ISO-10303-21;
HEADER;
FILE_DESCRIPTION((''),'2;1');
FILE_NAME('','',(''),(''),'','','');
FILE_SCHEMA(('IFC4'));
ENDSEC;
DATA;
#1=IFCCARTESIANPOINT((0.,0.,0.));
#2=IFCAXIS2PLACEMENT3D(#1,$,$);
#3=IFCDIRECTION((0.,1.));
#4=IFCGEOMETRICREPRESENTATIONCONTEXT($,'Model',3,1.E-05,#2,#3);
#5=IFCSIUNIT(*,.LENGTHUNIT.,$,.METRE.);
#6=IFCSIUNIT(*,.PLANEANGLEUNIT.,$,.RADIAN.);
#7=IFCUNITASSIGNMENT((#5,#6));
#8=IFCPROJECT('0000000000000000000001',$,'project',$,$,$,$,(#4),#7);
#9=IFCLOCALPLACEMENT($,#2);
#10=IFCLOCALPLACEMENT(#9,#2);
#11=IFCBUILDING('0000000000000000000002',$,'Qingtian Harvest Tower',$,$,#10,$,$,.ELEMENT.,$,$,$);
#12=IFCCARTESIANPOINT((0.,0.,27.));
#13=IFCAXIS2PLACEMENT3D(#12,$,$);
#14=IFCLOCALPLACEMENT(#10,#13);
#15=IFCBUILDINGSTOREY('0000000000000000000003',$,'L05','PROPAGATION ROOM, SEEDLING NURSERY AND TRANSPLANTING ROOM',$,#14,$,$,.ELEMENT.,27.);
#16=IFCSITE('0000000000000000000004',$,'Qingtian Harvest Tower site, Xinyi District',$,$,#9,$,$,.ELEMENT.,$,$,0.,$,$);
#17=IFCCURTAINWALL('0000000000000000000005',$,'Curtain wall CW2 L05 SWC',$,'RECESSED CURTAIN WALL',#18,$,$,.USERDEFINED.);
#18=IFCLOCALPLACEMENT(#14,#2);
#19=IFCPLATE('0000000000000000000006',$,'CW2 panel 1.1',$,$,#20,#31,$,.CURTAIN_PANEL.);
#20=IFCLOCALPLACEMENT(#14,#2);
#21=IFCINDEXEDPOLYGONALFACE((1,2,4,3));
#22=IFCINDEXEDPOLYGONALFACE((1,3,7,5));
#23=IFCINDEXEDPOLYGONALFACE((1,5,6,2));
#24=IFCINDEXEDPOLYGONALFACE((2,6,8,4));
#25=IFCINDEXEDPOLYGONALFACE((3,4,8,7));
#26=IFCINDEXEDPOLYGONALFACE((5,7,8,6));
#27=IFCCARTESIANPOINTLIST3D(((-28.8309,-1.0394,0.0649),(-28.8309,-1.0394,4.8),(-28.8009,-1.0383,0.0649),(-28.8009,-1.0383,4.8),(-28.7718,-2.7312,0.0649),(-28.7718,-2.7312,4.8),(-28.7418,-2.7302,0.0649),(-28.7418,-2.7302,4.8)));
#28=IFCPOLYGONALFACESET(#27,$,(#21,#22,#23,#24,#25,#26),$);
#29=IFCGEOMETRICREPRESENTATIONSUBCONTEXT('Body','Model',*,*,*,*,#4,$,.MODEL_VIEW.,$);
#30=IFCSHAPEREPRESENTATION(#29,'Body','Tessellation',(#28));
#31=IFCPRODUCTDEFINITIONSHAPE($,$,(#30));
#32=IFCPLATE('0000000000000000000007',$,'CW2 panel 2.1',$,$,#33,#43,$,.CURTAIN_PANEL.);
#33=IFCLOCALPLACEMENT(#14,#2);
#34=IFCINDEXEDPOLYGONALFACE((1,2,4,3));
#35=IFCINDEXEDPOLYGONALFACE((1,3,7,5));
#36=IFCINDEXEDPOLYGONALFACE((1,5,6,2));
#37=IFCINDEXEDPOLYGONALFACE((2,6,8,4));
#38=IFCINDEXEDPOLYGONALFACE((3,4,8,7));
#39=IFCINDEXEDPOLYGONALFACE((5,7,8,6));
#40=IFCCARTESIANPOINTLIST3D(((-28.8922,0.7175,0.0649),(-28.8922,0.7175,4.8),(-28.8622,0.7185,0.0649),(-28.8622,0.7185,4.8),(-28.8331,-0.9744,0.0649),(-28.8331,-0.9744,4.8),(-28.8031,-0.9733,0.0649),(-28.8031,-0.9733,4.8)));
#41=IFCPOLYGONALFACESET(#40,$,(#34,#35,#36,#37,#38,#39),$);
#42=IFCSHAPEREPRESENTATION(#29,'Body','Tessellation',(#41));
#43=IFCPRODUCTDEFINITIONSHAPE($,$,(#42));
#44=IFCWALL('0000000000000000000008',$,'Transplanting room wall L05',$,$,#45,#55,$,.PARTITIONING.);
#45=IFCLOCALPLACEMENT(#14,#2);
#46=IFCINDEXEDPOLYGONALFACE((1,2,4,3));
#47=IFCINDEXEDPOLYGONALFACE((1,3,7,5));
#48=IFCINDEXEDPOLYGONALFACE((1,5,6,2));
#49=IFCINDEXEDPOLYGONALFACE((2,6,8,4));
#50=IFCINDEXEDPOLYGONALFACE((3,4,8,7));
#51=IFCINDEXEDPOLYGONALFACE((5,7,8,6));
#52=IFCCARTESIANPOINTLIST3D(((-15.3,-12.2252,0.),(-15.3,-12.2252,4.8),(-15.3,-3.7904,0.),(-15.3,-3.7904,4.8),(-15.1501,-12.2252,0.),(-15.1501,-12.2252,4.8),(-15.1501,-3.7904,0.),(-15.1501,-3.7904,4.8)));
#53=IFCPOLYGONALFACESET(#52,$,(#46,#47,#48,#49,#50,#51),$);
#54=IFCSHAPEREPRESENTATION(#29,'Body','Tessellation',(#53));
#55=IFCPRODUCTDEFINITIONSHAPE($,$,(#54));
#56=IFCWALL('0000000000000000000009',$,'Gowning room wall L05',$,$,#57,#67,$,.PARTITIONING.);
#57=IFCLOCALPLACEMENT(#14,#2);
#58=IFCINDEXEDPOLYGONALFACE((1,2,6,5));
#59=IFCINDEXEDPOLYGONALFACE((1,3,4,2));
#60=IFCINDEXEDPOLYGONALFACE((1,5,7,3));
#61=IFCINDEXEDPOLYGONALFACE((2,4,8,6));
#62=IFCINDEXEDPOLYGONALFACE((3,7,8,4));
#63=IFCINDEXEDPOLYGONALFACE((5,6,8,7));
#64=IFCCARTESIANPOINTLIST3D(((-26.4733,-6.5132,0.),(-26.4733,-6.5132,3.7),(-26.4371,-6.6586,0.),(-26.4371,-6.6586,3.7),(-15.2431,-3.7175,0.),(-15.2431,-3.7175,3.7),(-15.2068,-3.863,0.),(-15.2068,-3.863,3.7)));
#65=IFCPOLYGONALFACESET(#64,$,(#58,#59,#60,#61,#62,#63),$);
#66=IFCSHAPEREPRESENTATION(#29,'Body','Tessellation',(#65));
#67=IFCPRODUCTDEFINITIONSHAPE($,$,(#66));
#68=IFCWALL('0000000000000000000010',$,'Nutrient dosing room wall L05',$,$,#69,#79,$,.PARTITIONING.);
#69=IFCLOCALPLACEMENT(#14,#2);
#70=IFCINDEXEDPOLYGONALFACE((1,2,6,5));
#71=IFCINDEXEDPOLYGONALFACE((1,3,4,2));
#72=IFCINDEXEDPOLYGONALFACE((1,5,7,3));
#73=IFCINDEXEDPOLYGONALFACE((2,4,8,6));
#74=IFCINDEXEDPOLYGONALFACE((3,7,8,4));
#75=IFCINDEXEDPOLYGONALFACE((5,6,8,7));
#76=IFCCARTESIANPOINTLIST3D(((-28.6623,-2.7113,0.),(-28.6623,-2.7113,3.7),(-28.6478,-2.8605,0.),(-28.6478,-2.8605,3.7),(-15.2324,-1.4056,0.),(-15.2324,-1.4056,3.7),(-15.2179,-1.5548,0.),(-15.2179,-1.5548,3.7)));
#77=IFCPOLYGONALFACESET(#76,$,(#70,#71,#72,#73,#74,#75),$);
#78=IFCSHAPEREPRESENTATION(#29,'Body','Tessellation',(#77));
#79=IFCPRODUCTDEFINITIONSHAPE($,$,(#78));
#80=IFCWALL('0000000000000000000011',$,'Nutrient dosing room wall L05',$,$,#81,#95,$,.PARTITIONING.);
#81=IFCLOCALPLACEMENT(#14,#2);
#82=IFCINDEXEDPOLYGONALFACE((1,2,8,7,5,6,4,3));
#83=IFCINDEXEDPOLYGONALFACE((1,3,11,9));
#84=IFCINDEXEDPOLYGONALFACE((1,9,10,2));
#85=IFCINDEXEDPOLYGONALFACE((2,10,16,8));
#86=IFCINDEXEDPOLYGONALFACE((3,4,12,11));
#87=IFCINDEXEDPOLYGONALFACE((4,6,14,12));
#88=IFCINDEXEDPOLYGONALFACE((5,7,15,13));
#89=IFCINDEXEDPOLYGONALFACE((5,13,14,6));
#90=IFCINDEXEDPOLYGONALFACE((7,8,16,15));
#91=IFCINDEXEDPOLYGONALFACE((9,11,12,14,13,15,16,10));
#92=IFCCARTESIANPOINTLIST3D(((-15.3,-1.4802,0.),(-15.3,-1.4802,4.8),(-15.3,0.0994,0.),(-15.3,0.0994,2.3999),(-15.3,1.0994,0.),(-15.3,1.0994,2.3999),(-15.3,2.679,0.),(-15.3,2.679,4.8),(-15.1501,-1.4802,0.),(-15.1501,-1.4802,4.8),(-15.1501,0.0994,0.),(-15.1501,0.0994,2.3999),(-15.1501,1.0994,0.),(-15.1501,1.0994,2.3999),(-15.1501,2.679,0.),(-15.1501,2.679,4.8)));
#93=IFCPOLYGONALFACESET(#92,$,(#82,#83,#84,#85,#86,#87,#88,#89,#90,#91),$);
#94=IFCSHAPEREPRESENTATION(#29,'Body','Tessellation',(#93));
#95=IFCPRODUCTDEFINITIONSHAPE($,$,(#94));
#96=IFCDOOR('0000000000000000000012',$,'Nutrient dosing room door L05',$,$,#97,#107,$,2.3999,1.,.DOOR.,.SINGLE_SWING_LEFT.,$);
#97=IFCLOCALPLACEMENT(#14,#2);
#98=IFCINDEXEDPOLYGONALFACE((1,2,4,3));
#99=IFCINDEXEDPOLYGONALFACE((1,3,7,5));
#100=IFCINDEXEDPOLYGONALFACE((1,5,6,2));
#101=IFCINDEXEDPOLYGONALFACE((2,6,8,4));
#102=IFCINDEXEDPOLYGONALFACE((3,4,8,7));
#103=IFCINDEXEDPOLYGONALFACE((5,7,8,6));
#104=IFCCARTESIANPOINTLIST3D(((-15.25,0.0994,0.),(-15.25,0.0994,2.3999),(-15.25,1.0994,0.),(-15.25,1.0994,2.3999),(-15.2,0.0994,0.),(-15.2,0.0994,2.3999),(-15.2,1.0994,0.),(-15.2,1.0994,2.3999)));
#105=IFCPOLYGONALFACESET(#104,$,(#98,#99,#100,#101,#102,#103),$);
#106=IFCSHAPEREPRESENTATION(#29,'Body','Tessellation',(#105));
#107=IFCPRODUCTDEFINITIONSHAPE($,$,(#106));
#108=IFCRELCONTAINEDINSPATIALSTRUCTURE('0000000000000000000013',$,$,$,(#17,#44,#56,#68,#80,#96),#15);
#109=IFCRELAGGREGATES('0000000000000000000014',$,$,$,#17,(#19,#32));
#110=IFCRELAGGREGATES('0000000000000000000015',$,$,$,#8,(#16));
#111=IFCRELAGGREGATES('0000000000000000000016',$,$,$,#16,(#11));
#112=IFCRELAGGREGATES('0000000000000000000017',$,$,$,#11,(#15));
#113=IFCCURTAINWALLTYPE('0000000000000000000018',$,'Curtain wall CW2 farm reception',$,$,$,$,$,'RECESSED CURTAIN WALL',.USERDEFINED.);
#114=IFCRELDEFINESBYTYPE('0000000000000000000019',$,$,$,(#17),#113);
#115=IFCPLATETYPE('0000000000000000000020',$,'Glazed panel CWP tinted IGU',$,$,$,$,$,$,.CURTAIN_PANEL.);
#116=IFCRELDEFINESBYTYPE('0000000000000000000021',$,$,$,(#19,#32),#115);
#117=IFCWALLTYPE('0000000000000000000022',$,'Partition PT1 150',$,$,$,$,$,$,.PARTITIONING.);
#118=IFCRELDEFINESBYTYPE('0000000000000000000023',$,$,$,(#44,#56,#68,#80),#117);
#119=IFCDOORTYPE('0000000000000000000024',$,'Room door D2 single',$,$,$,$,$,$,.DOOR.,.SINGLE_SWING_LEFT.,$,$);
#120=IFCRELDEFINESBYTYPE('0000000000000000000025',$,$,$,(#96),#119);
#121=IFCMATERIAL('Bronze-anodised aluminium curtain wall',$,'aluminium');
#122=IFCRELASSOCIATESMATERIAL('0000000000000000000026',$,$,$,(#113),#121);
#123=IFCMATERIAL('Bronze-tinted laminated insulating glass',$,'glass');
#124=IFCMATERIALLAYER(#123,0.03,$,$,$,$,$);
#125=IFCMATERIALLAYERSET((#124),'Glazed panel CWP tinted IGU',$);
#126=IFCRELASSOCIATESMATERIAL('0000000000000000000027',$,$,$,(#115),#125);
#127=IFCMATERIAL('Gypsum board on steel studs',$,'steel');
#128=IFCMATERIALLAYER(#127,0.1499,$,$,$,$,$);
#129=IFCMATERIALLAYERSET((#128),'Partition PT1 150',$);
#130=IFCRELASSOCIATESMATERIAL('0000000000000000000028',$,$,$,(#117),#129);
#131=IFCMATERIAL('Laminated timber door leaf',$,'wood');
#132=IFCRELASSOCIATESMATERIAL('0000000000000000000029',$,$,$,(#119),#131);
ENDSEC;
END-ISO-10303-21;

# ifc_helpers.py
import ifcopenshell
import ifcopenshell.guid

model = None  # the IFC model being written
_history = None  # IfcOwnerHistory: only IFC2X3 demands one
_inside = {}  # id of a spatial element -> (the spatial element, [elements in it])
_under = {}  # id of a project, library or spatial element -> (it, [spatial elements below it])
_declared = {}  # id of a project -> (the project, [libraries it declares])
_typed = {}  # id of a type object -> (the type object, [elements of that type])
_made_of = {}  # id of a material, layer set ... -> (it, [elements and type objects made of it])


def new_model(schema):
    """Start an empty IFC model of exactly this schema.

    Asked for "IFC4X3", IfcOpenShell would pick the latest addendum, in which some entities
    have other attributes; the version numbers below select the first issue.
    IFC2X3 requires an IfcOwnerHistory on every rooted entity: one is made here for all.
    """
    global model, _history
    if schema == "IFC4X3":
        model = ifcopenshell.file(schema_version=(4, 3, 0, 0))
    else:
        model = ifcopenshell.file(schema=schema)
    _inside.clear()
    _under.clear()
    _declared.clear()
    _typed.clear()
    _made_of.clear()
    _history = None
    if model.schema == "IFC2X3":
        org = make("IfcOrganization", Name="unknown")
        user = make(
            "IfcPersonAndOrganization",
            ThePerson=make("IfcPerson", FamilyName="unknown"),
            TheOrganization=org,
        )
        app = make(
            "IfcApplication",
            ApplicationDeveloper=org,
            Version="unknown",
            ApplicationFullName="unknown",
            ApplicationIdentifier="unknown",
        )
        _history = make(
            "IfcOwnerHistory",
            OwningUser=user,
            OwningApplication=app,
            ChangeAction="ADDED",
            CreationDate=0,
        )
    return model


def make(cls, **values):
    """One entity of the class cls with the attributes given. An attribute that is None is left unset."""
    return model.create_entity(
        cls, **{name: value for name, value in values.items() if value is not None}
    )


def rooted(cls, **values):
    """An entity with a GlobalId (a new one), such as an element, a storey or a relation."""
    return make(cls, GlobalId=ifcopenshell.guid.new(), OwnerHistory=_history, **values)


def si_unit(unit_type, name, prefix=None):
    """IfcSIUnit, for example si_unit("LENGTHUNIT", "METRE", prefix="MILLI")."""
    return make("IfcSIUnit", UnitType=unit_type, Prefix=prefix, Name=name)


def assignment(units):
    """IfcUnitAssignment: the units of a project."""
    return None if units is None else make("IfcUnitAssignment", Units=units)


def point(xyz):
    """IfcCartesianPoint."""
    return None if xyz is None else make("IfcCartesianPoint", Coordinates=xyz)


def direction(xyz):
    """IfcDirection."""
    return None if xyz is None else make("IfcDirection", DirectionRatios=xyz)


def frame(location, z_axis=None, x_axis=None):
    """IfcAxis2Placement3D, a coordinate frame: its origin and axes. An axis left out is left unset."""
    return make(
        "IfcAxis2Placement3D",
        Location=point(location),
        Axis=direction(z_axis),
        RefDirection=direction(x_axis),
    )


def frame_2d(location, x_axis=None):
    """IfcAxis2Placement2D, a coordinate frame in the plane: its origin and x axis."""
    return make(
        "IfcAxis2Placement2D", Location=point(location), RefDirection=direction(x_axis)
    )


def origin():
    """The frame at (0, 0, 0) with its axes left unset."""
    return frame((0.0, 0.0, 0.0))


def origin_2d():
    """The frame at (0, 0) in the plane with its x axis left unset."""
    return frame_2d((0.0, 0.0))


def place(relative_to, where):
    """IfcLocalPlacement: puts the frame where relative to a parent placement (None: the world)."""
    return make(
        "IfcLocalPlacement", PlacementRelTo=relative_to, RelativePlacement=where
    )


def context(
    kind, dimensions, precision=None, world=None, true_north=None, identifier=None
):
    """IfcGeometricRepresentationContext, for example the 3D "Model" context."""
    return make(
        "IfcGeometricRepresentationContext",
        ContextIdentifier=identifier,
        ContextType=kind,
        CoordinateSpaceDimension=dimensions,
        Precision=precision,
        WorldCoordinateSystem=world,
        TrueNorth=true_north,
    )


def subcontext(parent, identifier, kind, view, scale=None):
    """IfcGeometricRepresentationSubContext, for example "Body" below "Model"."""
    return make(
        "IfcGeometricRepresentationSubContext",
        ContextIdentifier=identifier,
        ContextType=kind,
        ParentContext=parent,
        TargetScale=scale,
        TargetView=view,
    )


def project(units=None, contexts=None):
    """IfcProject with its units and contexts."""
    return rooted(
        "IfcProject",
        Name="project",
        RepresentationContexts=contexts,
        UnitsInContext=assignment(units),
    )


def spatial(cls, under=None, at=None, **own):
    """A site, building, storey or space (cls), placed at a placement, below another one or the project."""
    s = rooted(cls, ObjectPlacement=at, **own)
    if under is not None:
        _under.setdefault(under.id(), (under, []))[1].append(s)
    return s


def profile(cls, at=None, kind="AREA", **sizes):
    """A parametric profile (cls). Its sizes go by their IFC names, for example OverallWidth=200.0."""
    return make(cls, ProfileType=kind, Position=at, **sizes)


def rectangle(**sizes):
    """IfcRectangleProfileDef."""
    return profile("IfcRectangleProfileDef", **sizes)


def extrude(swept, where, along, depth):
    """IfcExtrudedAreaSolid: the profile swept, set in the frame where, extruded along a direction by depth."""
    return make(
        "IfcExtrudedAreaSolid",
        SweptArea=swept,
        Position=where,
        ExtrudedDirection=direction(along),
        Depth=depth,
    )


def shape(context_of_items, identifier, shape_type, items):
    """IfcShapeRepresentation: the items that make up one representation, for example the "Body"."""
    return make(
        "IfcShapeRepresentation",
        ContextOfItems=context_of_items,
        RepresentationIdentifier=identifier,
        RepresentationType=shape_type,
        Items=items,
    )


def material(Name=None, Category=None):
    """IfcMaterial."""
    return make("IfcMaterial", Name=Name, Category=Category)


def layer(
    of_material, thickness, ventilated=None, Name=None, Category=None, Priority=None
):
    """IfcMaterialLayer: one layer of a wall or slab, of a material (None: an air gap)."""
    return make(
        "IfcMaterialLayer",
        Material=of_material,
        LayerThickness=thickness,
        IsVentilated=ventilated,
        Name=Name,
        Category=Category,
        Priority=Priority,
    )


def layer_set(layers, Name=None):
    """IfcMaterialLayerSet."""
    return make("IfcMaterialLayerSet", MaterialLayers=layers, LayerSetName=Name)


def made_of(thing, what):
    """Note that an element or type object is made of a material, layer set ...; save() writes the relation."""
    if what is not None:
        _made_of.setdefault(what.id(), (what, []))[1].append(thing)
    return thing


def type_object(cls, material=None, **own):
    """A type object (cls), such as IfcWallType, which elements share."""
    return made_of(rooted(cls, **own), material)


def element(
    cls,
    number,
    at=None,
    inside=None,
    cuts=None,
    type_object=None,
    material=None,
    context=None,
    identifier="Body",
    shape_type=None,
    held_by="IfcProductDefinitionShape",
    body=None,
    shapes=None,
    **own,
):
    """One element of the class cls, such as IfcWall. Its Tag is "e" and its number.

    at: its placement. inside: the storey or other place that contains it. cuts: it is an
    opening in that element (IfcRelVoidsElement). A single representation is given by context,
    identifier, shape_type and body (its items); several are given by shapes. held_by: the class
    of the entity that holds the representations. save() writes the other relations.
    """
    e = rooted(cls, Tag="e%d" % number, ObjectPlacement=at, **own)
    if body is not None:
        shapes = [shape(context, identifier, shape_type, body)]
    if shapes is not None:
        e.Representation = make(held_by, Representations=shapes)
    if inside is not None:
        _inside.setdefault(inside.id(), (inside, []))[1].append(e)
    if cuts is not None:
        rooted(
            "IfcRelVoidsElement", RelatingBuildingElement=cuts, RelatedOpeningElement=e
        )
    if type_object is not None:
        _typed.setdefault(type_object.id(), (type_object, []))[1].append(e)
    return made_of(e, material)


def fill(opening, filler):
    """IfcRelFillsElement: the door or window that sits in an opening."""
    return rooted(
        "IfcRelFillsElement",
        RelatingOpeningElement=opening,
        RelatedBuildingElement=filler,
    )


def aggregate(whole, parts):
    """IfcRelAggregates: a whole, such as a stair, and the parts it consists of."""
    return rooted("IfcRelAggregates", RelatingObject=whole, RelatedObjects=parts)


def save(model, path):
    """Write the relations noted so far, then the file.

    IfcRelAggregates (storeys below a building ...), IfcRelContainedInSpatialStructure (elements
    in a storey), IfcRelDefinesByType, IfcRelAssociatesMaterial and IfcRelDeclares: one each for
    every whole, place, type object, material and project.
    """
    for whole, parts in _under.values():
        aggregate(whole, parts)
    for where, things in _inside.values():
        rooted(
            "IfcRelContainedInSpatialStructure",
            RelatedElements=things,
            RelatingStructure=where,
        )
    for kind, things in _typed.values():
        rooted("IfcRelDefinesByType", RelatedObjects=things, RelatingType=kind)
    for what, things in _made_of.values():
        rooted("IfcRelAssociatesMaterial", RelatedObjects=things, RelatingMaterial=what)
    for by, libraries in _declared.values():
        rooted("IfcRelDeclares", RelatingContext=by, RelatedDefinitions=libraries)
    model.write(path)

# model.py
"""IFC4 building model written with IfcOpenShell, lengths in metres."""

from ifc_helpers import new_model, si_unit, direction, frame, frame_2d, origin, origin_2d, place, context, subcontext, project, spatial, rectangle, extrude, material, layer, layer_set, type_object, element, fill, aggregate, save


model = new_model("IFC4")

# Units and contexts
model_context = context("Model", 3, precision=1e-05, world=origin(), true_north=direction((0.0, 1.0)))
body_context = subcontext(model_context, "Body", "Model", "MODEL_VIEW")
ifc_project = project(units=[si_unit("LENGTHUNIT", "METRE"), si_unit("PLANEANGLEUNIT", "RADIAN")], contexts=[model_context])

# Site, building, storey
site_placement = place(None, origin())
site = spatial("IfcSite", under=ifc_project, at=site_placement, Name="Qingtian Harvest Tower site, Xinyi District", CompositionType="ELEMENT", RefElevation=0.0)
building_placement = place(site_placement, origin())
building = spatial("IfcBuilding", under=site, at=building_placement, Name="Qingtian Harvest Tower", CompositionType="ELEMENT")
storey_placement = place(building_placement, frame((0.0, 0.0, 27.0)))
storey = spatial("IfcBuildingStorey", under=building, at=storey_placement, Name="L05", Description="PROPAGATION ROOM, SEEDLING NURSERY AND TRANSPLANTING ROOM", CompositionType="ELEMENT", Elevation=27.0)

# Curtain wall
ifc_material_1 = material(Name="Bronze-anodised aluminium curtain wall", Category="aluminium")
curtain_wall_type = type_object("IfcCurtainWallType", Name="Curtain wall CW2 farm reception", ElementType="RECESSED CURTAIN WALL", PredefinedType="USERDEFINED", material=ifc_material_1)
curtain_wall_1_placement = place(storey_placement, origin())
curtain_wall_1 = element("IfcCurtainWall", 1, at=curtain_wall_1_placement, inside=storey, type_object=curtain_wall_type, Name="Curtain wall CW2 L05 SWC", ObjectType="RECESSED CURTAIN WALL", PredefinedType="USERDEFINED")

# Plates
ifc_material_2 = material(Name="Bronze-tinted laminated insulating glass", Category="glass")
ifc_layer_1 = layer(ifc_material_2, 0.03)
ifc_layer_set_1 = layer_set([ifc_layer_1], Name="Glazed panel CWP tinted IGU")
plate_type = type_object("IfcPlateType", Name="Glazed panel CWP tinted IGU", PredefinedType="CURTAIN_PANEL", material=ifc_layer_set_1)
plate_1_placement = place(storey_placement, frame((-28.7864, -1.8848, 0.0649), z_axis=(0.0, 0.0, 1.0), x_axis=(-0.034899, 0.999391, 0.0)))
plate_1 = element("IfcPlate", 2, at=plate_1_placement, type_object=plate_type, Name="CW2 panel 1.1", PredefinedType="CURTAIN_PANEL", context=body_context, shape_type="SweptSolid", body=[
    extrude(rectangle(XDim=1.6929, YDim=0.03, at=origin_2d()), origin(), (0.0, 0.0, 1.0), 4.7351),
])
plate_2_placement = place(storey_placement, frame((-28.8477, -0.1279, 0.0649), z_axis=(0.0, 0.0, 1.0), x_axis=(-0.034899, 0.999391, 0.0)))
plate_2 = element("IfcPlate", 3, at=plate_2_placement, type_object=plate_type, Name="CW2 panel 2.1", PredefinedType="CURTAIN_PANEL", context=body_context, shape_type="SweptSolid", body=[
    extrude(rectangle(XDim=1.6929, YDim=0.03, at=origin_2d()), origin(), (0.0, 0.0, 1.0), 4.7351),
])
aggregate(curtain_wall_1, [plate_1, plate_2])

# Walls
ifc_material_3 = material(Name="Gypsum board on steel studs", Category="steel")
ifc_layer_2 = layer(ifc_material_3, 0.1499)
ifc_layer_set_2 = layer_set([ifc_layer_2], Name="Partition PT1 150")
wall_type = type_object("IfcWallType", Name="Partition PT1 150", PredefinedType="PARTITIONING", material=ifc_layer_set_2)
wall_1_placement = place(storey_placement, frame((-15.2251, -12.2251, 0.0), z_axis=(0.0, 0.0, 1.0), x_axis=(0.0, 1.0, 0.0)))
element("IfcWall", 4, at=wall_1_placement, inside=storey, type_object=wall_type, Name="Transplanting room wall L05", PredefinedType="PARTITIONING", context=body_context, shape_type="SweptSolid", body=[
    extrude(rectangle(XDim=8.4348, YDim=0.1499, at=frame_2d((4.2173, 0.0))), origin(), (0.0, 0.0, 1.0), 4.8),
])
wall_2_placement = place(storey_placement, frame((-26.4553, -6.5859, 0.0), z_axis=(0.0, 0.0, 1.0), x_axis=(0.970384, 0.241568, 0.0)))
element("IfcWall", 5, at=wall_2_placement, inside=storey, type_object=wall_type, Name="Gowning room wall L05", PredefinedType="PARTITIONING", context=body_context, shape_type="SweptSolid", body=[
    extrude(rectangle(XDim=11.573, YDim=0.1499, at=frame_2d((5.7866, 0.0))), origin(), (0.0, 0.0, 1.0), 3.7),
])

# Shared definitions
ifc_material_4 = material(Name="Laminated timber door leaf", Category="wood")
door_type = type_object("IfcDoorType", Name="Room door D2 single", OperationType="SINGLE_SWING_LEFT", PredefinedType="DOOR", material=ifc_material_4)

# Wall
wall_3_placement = place(storey_placement, frame((-28.655, -2.7859, 0.0), z_axis=(0.0, 0.0, 1.0), x_axis=(0.995307, 0.096764, 0.0)))
element("IfcWall", 6, at=wall_3_placement, inside=storey, type_object=wall_type, Name="Nutrient dosing room wall L05", PredefinedType="PARTITIONING", context=body_context, shape_type="SweptSolid", body=[
    extrude(rectangle(XDim=13.4932, YDim=0.1499, at=frame_2d((6.7466, 0.0))), origin(), (0.0, 0.0, 1.0), 3.7),
])

# Wall, opening, door
wall_4_placement = place(storey_placement, frame((-15.2251, -1.4802, 0.0), z_axis=(0.0, 0.0, 1.0), x_axis=(0.0, 1.0, 0.0)))
wall_4 = element("IfcWall", 7, at=wall_4_placement, inside=storey, type_object=wall_type, Name="Nutrient dosing room wall L05", PredefinedType="PARTITIONING", context=body_context, shape_type="SweptSolid", body=[
    extrude(rectangle(XDim=4.1592, YDim=0.1499, at=frame_2d((2.0796, 0.0))), origin(), (0.0, 0.0, 1.0), 4.8),
])
opening_1_placement = place(wall_4_placement, frame((1.5796, 0.0, 0.0)))
opening_1 = element("IfcOpeningElement", 8, at=opening_1_placement, cuts=wall_4, PredefinedType="OPENING", context=body_context, shape_type="SweptSolid", body=[
    extrude(rectangle(XDim=1.0, YDim=2.3999, at=frame_2d((0.5, 1.2))), frame((0.0, 0.085, 0.0), z_axis=(0.0, -1.0, 0.0), x_axis=(1.0, 0.0, 0.0)), (0.0, 0.0, 1.0), 0.1699),
])
door_1_placement = place(opening_1_placement, origin())
door_1 = element("IfcDoor", 9, at=door_1_placement, inside=storey, type_object=door_type, Name="Nutrient dosing room door L05", OperationType="SINGLE_SWING_LEFT", OverallHeight=2.3999, OverallWidth=1.0, PredefinedType="DOOR", context=body_context, shape_type="SweptSolid", body=[
    extrude(rectangle(XDim=1.0, YDim=2.3999, at=frame_2d((0.5, 1.2))), frame((0.0, 0.0249, 0.0), z_axis=(0.0, -1.0, 0.0), x_axis=(1.0, 0.0, 0.0)), (0.0, 0.0, 1.0), 0.05),
])
fill(opening_1, door_1)

save(model, "model.ifc")
